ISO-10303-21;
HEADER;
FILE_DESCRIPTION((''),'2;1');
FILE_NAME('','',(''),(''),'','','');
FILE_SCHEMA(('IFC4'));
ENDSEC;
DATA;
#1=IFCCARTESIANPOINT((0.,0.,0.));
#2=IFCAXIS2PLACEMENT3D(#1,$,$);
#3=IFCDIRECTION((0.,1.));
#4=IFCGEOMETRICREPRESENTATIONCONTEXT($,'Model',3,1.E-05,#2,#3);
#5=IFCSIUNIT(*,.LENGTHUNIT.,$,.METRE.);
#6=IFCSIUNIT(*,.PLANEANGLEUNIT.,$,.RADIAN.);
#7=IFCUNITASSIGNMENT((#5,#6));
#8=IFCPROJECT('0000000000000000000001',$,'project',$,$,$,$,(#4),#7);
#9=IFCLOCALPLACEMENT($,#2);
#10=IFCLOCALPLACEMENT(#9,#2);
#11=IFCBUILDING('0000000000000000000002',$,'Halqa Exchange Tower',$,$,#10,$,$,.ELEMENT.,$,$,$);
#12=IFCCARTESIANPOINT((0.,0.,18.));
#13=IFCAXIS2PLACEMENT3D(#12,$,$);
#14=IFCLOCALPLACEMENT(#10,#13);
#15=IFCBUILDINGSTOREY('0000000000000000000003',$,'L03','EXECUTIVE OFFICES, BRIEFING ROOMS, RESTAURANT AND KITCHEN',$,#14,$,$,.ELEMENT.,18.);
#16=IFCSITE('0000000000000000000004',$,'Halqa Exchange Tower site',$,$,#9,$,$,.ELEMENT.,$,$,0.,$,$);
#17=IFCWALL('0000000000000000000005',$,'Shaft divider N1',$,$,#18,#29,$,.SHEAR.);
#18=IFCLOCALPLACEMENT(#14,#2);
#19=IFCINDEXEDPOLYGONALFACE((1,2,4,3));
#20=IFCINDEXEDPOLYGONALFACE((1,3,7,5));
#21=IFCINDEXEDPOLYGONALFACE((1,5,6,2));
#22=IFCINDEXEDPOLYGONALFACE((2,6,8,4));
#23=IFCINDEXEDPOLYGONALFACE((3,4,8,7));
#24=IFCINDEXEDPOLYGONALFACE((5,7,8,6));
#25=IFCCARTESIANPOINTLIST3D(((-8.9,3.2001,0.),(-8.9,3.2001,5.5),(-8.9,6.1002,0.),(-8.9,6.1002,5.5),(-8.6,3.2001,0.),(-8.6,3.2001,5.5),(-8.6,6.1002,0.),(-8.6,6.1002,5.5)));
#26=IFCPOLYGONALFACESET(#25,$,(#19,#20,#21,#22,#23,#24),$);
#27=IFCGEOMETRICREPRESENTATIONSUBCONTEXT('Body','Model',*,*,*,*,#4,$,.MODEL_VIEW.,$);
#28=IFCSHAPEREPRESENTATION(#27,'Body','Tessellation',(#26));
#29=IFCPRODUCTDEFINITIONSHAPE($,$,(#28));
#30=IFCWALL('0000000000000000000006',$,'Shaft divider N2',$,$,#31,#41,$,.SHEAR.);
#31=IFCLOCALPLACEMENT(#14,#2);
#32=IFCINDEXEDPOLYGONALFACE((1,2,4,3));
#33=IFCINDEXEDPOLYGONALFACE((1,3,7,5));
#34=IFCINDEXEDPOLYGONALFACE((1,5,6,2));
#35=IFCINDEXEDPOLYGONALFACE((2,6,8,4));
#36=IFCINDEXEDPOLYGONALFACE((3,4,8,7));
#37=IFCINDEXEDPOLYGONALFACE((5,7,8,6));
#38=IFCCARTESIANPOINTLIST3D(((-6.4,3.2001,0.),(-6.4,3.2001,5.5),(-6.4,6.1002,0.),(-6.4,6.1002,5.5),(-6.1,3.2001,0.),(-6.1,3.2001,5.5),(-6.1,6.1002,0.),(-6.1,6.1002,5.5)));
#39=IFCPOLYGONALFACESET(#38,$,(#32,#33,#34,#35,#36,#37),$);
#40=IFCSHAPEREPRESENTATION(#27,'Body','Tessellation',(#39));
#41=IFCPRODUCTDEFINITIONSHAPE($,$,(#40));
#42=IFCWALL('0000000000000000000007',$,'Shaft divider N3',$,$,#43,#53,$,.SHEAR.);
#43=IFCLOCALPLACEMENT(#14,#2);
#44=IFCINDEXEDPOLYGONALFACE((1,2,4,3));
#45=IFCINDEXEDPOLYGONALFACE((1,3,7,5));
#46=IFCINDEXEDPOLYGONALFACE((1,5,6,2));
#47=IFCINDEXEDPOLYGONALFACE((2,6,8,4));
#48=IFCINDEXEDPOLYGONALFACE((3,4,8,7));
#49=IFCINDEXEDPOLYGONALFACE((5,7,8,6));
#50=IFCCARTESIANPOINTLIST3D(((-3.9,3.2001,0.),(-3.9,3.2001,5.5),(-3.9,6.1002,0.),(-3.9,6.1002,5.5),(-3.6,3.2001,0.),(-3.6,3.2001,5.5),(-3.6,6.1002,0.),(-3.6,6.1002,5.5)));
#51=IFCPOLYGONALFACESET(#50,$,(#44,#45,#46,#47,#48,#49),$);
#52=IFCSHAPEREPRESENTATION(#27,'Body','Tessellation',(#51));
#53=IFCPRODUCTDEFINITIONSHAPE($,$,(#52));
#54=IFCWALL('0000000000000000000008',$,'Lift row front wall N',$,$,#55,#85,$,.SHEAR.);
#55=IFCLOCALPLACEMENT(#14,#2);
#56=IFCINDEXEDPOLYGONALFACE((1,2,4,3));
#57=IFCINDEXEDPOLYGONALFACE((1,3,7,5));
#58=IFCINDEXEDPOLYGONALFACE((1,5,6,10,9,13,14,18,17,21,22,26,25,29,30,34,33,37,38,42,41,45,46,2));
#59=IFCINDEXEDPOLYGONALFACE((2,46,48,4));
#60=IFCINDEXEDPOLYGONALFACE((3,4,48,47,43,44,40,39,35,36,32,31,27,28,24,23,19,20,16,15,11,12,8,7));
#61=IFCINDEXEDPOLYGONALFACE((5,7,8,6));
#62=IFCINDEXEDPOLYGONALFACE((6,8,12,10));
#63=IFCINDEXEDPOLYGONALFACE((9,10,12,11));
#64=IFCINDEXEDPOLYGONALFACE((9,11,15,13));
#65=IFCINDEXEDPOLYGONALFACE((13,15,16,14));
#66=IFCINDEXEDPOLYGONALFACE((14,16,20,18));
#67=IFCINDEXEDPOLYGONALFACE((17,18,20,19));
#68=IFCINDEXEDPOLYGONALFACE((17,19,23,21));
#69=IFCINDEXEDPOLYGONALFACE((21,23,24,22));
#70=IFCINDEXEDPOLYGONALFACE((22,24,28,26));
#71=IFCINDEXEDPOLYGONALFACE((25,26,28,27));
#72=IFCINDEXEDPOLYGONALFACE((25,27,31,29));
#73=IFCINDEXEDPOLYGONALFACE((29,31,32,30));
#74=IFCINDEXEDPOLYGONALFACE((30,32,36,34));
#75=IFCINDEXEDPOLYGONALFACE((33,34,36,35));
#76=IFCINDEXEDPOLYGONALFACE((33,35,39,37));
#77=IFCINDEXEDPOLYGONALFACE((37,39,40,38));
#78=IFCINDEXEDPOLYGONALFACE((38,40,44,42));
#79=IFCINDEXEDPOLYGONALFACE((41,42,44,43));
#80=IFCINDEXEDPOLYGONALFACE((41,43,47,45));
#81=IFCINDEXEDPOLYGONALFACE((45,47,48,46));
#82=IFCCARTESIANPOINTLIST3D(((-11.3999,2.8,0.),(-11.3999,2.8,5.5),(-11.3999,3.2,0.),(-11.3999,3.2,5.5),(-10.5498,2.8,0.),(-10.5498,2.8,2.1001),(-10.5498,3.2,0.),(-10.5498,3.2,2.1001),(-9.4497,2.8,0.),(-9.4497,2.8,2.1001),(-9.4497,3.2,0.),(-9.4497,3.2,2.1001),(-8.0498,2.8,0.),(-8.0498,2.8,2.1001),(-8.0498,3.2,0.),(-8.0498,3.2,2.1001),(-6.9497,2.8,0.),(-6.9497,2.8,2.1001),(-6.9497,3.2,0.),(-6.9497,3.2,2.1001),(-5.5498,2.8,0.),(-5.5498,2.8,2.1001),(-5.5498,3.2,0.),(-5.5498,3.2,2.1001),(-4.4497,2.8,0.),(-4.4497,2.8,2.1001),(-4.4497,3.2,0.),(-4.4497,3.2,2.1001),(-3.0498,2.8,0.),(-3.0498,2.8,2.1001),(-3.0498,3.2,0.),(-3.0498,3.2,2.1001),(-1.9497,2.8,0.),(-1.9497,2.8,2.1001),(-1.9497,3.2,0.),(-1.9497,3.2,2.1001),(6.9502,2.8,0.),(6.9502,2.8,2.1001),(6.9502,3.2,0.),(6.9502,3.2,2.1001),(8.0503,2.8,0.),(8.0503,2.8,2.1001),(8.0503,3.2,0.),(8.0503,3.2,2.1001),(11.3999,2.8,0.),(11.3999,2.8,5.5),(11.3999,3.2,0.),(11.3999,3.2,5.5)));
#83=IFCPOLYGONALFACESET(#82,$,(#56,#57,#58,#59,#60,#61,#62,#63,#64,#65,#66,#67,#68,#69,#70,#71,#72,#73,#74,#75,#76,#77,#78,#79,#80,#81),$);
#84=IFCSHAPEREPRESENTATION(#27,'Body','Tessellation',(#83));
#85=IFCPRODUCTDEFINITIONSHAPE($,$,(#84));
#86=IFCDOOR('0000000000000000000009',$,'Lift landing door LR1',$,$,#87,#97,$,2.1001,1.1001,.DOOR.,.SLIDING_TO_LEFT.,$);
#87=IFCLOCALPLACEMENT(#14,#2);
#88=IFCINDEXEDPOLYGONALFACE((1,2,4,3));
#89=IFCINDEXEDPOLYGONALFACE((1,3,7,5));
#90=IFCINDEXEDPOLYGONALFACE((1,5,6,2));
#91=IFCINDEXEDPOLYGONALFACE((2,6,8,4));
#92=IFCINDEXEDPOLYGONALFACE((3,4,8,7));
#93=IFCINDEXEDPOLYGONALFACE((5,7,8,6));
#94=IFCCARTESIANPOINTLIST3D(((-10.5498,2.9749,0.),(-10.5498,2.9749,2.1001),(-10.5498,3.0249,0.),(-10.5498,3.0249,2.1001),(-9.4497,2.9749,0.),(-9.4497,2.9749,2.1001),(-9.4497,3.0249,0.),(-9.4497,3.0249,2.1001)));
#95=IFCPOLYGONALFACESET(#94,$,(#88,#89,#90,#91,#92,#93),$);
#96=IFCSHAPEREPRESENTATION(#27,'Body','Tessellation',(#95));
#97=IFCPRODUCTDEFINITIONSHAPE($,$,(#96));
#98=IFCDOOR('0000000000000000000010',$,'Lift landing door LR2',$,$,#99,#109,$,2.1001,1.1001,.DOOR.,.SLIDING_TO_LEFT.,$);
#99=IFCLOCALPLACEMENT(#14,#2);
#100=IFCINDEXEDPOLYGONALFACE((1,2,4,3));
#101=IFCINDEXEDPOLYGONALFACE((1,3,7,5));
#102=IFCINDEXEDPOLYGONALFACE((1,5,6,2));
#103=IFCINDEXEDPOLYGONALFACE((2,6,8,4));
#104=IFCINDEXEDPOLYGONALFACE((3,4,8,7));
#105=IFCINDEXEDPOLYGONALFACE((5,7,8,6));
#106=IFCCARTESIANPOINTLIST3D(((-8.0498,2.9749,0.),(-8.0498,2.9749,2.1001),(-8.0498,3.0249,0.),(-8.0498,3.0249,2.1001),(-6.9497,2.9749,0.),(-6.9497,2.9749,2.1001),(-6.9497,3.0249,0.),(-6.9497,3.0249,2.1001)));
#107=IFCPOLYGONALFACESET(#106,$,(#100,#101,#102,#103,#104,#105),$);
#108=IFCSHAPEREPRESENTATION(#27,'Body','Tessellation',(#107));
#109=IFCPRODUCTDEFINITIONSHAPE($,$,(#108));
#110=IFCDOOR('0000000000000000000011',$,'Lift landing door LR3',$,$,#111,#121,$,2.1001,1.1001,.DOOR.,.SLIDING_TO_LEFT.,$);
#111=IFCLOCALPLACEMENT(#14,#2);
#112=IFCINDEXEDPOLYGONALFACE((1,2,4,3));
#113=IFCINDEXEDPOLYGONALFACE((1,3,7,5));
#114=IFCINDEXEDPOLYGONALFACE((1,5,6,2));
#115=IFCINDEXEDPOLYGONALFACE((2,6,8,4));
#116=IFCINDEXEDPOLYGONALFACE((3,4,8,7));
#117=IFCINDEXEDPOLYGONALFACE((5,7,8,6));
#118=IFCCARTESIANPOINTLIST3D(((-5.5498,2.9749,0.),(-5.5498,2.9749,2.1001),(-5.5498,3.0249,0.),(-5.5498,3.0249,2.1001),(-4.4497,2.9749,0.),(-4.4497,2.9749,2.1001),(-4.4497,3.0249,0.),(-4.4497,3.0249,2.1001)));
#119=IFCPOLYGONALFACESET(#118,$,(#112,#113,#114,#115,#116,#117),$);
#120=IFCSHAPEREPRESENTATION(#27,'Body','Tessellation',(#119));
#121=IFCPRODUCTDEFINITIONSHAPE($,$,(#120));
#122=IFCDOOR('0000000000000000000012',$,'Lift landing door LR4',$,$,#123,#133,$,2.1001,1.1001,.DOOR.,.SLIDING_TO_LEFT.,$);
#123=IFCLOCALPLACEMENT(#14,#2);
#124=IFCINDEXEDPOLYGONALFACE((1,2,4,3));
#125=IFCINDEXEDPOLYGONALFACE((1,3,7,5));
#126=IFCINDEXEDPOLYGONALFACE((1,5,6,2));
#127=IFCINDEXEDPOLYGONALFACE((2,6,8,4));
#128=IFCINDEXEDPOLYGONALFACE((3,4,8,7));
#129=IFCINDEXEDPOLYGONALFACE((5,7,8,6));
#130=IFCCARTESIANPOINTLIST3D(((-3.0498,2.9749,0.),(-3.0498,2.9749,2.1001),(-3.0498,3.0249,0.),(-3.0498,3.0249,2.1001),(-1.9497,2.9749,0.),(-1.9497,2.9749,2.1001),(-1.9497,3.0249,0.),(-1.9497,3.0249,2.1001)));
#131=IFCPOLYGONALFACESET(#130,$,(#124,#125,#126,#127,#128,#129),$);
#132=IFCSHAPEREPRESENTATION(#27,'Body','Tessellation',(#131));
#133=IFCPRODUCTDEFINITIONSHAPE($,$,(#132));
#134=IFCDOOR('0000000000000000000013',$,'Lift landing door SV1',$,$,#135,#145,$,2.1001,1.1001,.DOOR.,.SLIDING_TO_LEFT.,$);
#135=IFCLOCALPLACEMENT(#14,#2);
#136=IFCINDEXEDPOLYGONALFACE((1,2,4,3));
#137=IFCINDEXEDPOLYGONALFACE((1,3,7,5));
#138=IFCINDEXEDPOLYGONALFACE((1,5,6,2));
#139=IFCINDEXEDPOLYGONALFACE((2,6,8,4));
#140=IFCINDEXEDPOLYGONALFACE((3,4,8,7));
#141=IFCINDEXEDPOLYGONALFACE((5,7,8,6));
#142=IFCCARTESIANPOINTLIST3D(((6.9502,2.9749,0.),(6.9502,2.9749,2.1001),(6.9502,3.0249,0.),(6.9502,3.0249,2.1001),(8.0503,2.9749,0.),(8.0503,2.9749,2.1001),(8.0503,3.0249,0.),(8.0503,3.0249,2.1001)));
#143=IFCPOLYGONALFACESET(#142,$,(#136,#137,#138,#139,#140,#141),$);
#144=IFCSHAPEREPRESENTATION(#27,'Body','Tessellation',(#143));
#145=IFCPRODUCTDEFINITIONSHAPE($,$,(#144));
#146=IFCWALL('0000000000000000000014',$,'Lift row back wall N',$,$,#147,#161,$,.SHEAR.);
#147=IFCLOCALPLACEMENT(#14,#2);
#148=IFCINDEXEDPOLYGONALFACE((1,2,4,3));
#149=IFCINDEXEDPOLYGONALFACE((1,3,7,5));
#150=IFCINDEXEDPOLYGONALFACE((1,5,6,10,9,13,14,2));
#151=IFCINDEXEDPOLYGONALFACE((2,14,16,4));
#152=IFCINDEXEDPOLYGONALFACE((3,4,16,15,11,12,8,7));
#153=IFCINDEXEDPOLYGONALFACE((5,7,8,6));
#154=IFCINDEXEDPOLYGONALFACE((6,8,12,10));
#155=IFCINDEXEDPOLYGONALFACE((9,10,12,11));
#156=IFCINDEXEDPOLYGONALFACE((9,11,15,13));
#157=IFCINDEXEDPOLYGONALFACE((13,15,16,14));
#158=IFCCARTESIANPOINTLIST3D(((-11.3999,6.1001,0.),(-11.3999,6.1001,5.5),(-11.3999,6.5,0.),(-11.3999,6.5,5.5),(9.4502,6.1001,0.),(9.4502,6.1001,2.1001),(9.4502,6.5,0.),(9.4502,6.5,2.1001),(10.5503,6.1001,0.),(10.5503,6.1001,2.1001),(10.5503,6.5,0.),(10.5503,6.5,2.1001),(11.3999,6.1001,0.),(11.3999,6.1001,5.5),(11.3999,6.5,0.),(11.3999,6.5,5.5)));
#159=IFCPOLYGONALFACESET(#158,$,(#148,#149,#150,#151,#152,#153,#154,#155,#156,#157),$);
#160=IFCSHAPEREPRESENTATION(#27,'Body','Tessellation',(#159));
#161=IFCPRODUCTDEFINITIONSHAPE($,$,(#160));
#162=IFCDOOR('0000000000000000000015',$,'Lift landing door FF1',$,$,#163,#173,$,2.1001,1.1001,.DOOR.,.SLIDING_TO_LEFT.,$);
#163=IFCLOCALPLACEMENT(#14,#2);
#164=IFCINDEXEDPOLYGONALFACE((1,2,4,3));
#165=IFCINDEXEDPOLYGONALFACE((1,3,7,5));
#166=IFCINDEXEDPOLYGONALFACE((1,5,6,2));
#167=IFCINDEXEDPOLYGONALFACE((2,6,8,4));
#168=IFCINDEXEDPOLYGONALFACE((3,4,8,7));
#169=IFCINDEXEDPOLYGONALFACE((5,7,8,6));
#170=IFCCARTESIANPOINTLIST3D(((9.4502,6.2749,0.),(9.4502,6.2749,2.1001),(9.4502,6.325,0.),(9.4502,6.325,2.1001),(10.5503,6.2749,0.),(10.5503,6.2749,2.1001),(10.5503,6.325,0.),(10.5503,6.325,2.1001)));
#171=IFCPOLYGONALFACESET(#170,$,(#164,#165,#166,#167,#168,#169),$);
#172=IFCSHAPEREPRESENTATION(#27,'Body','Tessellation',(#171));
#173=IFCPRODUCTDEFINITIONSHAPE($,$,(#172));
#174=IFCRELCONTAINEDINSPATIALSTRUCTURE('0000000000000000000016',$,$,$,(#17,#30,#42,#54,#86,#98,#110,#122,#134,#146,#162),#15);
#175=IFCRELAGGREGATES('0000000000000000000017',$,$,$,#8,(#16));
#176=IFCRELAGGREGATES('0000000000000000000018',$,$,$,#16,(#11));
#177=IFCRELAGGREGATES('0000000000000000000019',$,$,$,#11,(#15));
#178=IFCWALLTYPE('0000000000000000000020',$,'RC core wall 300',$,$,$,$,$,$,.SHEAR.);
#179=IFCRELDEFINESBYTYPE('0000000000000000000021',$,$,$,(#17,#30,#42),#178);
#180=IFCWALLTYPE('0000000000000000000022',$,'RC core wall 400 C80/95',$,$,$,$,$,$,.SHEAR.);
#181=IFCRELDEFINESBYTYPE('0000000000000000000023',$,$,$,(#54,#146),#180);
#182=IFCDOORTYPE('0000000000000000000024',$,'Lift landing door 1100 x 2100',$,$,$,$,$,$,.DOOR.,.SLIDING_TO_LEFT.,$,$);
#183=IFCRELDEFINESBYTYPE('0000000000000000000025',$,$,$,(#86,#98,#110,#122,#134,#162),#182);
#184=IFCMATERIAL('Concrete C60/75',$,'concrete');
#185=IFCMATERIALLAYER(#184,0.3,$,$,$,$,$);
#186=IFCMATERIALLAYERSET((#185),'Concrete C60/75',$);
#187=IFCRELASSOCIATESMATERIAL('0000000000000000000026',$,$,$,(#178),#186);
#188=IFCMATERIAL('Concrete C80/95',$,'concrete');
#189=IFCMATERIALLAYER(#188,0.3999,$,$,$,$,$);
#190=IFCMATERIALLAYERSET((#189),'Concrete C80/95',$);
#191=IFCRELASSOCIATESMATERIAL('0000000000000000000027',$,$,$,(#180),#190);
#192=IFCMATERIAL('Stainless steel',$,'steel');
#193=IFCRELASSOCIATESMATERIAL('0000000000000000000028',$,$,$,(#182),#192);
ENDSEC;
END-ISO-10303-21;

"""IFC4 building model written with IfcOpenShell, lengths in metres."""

from ifc_helpers import new_model, si_unit, direction, frame, frame_2d, origin, place, context, subcontext, project, spatial, rectangle, extrude, material, layer, layer_set, type_object, element, fill, save


model = new_model("IFC4")

# Units and contexts
model_context = context("Model", 3, precision=1e-05, world=origin(), true_north=direction((0.0, 1.0)))
body_context = subcontext(model_context, "Body", "Model", "MODEL_VIEW")
ifc_project = project(units=[si_unit("LENGTHUNIT", "METRE"), si_unit("PLANEANGLEUNIT", "RADIAN")], contexts=[model_context])

# Site, building, storey
site_placement = place(None, origin())
site = spatial("IfcSite", under=ifc_project, at=site_placement, Name="Halqa Exchange Tower site", CompositionType="ELEMENT", RefElevation=0.0)
building_placement = place(site_placement, origin())
building = spatial("IfcBuilding", under=site, at=building_placement, Name="Halqa Exchange Tower", CompositionType="ELEMENT")
storey_placement = place(building_placement, frame((0.0, 0.0, 18.0)))
storey = spatial("IfcBuildingStorey", under=building, at=storey_placement, Name="L03", Description="EXECUTIVE OFFICES, BRIEFING ROOMS, RESTAURANT AND KITCHEN", CompositionType="ELEMENT", Elevation=18.0)

# Walls
ifc_material_1 = material(Name="Concrete C60/75", Category="concrete")
ifc_layer_1 = layer(ifc_material_1, 0.3)
ifc_layer_set_1 = layer_set([ifc_layer_1], Name="Concrete C60/75")
wall_type_1 = type_object("IfcWallType", Name="RC core wall 300", PredefinedType="SHEAR", material=ifc_layer_set_1)
for number, where, z_axis, x_axis, name in (
    (1, (-8.75, 3.2, 0.0), (0.0, 0.0, 1.0), (0.0, 1.0, 0.0), "Shaft divider N1"),
    (2, (-6.25, 3.2, 0.0), (0.0, 0.0, 1.0), (0.0, 1.0, 0.0), "Shaft divider N2"),
    (3, (-3.75, 3.2, 0.0), (0.0, 0.0, 1.0), (0.0, 1.0, 0.0), "Shaft divider N3"),
):
    element("IfcWall", number, at=place(storey_placement, frame(where, z_axis=z_axis, x_axis=x_axis)), inside=storey, type_object=wall_type_1, Name=name, PredefinedType="SHEAR", context=body_context, shape_type="SweptSolid", body=[
        extrude(rectangle(XDim=2.9001, YDim=0.3, at=frame_2d((1.4502, 0.0))), origin(), (0.0, 0.0, 1.0), 5.5),
    ])

# Wall, openings, doors
ifc_material_2 = material(Name="Concrete C80/95", Category="concrete")
ifc_layer_2 = layer(ifc_material_2, 0.3999)
ifc_layer_set_2 = layer_set([ifc_layer_2], Name="Concrete C80/95")
wall_type_2 = type_object("IfcWallType", Name="RC core wall 400 C80/95", PredefinedType="SHEAR", material=ifc_layer_set_2)
wall_1_placement = place(storey_placement, frame((-11.3999, 3.0, 0.0), z_axis=(0.0, 0.0, 1.0), x_axis=(1.0, 0.0, 0.0)))
wall_1 = element("IfcWall", 4, at=wall_1_placement, inside=storey, type_object=wall_type_2, Name="Lift row front wall N", PredefinedType="SHEAR", context=body_context, shape_type="SweptSolid", body=[
    extrude(rectangle(XDim=22.7998, YDim=0.3999, at=frame_2d((11.3999, 0.0))), origin(), (0.0, 0.0, 1.0), 5.5),
])
opening_1_placement = place(wall_1_placement, frame((0.8501, 0.0, 0.0)))
opening_1 = element("IfcOpeningElement", 5, at=opening_1_placement, cuts=wall_1, PredefinedType="OPENING", context=body_context, shape_type="SweptSolid", body=[
    extrude(rectangle(XDim=1.1001, YDim=2.1001, at=frame_2d((0.55, 1.05))), frame((0.0, 0.2119, 0.0), z_axis=(0.0, -1.0, 0.0), x_axis=(1.0, 0.0, 0.0)), (0.0, 0.0, 1.0), 0.4238),
])
opening_2_placement = place(wall_1_placement, frame((3.3501, 0.0, 0.0)))
opening_2 = element("IfcOpeningElement", 6, at=opening_2_placement, cuts=wall_1, PredefinedType="OPENING", context=body_context, shape_type="SweptSolid", body=[
    extrude(rectangle(XDim=1.1001, YDim=2.1001, at=frame_2d((0.55, 1.05))), frame((0.0, 0.2119, 0.0), z_axis=(0.0, -1.0, 0.0), x_axis=(1.0, 0.0, 0.0)), (0.0, 0.0, 1.0), 0.4238),
])
opening_3_placement = place(wall_1_placement, frame((5.8501, 0.0, 0.0)))
opening_3 = element("IfcOpeningElement", 7, at=opening_3_placement, cuts=wall_1, PredefinedType="OPENING", context=body_context, shape_type="SweptSolid", body=[
    extrude(rectangle(XDim=1.1001, YDim=2.1001, at=frame_2d((0.55, 1.05))), frame((0.0, 0.2119, 0.0), z_axis=(0.0, -1.0, 0.0), x_axis=(1.0, 0.0, 0.0)), (0.0, 0.0, 1.0), 0.4238),
])
opening_4_placement = place(wall_1_placement, frame((8.3501, 0.0, 0.0)))
opening_4 = element("IfcOpeningElement", 8, at=opening_4_placement, cuts=wall_1, PredefinedType="OPENING", context=body_context, shape_type="SweptSolid", body=[
    extrude(rectangle(XDim=1.1001, YDim=2.1001, at=frame_2d((0.55, 1.05))), frame((0.0, 0.2119, 0.0), z_axis=(0.0, -1.0, 0.0), x_axis=(1.0, 0.0, 0.0)), (0.0, 0.0, 1.0), 0.4238),
])
opening_5_placement = place(wall_1_placement, frame((18.3501, 0.0, 0.0)))
opening_5 = element("IfcOpeningElement", 9, at=opening_5_placement, cuts=wall_1, PredefinedType="OPENING", context=body_context, shape_type="SweptSolid", body=[
    extrude(rectangle(XDim=1.1001, YDim=2.1001, at=frame_2d((0.55, 1.05))), frame((0.0, 0.2119, 0.0), z_axis=(0.0, -1.0, 0.0), x_axis=(1.0, 0.0, 0.0)), (0.0, 0.0, 1.0), 0.4238),
])
ifc_material_3 = material(Name="Stainless steel", Category="steel")
door_type = type_object("IfcDoorType", Name="Lift landing door 1100 x 2100", OperationType="SLIDING_TO_LEFT", PredefinedType="DOOR", material=ifc_material_3)
door_1_placement = place(opening_1_placement, origin())
door_1 = element("IfcDoor", 10, at=door_1_placement, inside=storey, type_object=door_type, Name="Lift landing door LR1", OperationType="SLIDING_TO_LEFT", OverallHeight=2.1001, OverallWidth=1.1001, PredefinedType="DOOR", context=body_context, shape_type="SweptSolid", body=[
    extrude(rectangle(XDim=1.1001, YDim=2.1001, at=frame_2d((0.55, 1.05))), frame((0.0, 0.0249, 0.0), z_axis=(0.0, -1.0, 0.0), x_axis=(1.0, 0.0, 0.0)), (0.0, 0.0, 1.0), 0.05),
])
fill(opening_1, door_1)
door_2_placement = place(opening_2_placement, origin())
door_2 = element("IfcDoor", 11, at=door_2_placement, inside=storey, type_object=door_type, Name="Lift landing door LR2", OperationType="SLIDING_TO_LEFT", OverallHeight=2.1001, OverallWidth=1.1001, PredefinedType="DOOR", context=body_context, shape_type="SweptSolid", body=[
    extrude(rectangle(XDim=1.1001, YDim=2.1001, at=frame_2d((0.55, 1.05))), frame((0.0, 0.0249, 0.0), z_axis=(0.0, -1.0, 0.0), x_axis=(1.0, 0.0, 0.0)), (0.0, 0.0, 1.0), 0.05),
])
fill(opening_2, door_2)
door_3_placement = place(opening_3_placement, origin())
door_3 = element("IfcDoor", 12, at=door_3_placement, inside=storey, type_object=door_type, Name="Lift landing door LR3", OperationType="SLIDING_TO_LEFT", OverallHeight=2.1001, OverallWidth=1.1001, PredefinedType="DOOR", context=body_context, shape_type="SweptSolid", body=[
    extrude(rectangle(XDim=1.1001, YDim=2.1001, at=frame_2d((0.55, 1.05))), frame((0.0, 0.0249, 0.0), z_axis=(0.0, -1.0, 0.0), x_axis=(1.0, 0.0, 0.0)), (0.0, 0.0, 1.0), 0.05),
])
fill(opening_3, door_3)
door_4_placement = place(opening_4_placement, origin())
door_4 = element("IfcDoor", 13, at=door_4_placement, inside=storey, type_object=door_type, Name="Lift landing door LR4", OperationType="SLIDING_TO_LEFT", OverallHeight=2.1001, OverallWidth=1.1001, PredefinedType="DOOR", context=body_context, shape_type="SweptSolid", body=[
    extrude(rectangle(XDim=1.1001, YDim=2.1001, at=frame_2d((0.55, 1.05))), frame((0.0, 0.0249, 0.0), z_axis=(0.0, -1.0, 0.0), x_axis=(1.0, 0.0, 0.0)), (0.0, 0.0, 1.0), 0.05),
])
fill(opening_4, door_4)
door_5_placement = place(opening_5_placement, origin())
door_5 = element("IfcDoor", 14, at=door_5_placement, inside=storey, type_object=door_type, Name="Lift landing door SV1", OperationType="SLIDING_TO_LEFT", OverallHeight=2.1001, OverallWidth=1.1001, PredefinedType="DOOR", context=body_context, shape_type="SweptSolid", body=[
    extrude(rectangle(XDim=1.1001, YDim=2.1001, at=frame_2d((0.55, 1.05))), frame((0.0, 0.0249, 0.0), z_axis=(0.0, -1.0, 0.0), x_axis=(1.0, 0.0, 0.0)), (0.0, 0.0, 1.0), 0.05),
])
fill(opening_5, door_5)

# Wall, opening, door
wall_2_placement = place(storey_placement, frame((-11.3999, 6.3, 0.0), z_axis=(0.0, 0.0, 1.0), x_axis=(1.0, 0.0, 0.0)))
wall_2 = element("IfcWall", 15, at=wall_2_placement, inside=storey, type_object=wall_type_2, Name="Lift row back wall N", PredefinedType="SHEAR", context=body_context, shape_type="SweptSolid", body=[
    extrude(rectangle(XDim=22.7998, YDim=0.3999, at=frame_2d((11.3999, 0.0))), origin(), (0.0, 0.0, 1.0), 5.5),
])
opening_6_placement = place(wall_2_placement, frame((20.8501, 0.0, 0.0)))
opening_6 = element("IfcOpeningElement", 16, at=opening_6_placement, cuts=wall_2, PredefinedType="OPENING", context=body_context, shape_type="SweptSolid", body=[
    extrude(rectangle(XDim=1.1001, YDim=2.1001, at=frame_2d((0.55, 1.05))), frame((0.0, 0.2119, 0.0), z_axis=(0.0, -1.0, 0.0), x_axis=(1.0, 0.0, 0.0)), (0.0, 0.0, 1.0), 0.4238),
])
door_6_placement = place(opening_6_placement, origin())
door_6 = element("IfcDoor", 17, at=door_6_placement, inside=storey, type_object=door_type, Name="Lift landing door FF1", OperationType="SLIDING_TO_LEFT", OverallHeight=2.1001, OverallWidth=1.1001, PredefinedType="DOOR", context=body_context, shape_type="SweptSolid", body=[
    extrude(rectangle(XDim=1.1001, YDim=2.1001, at=frame_2d((0.55, 1.05))), frame((0.0, 0.0249, 0.0), z_axis=(0.0, -1.0, 0.0), x_axis=(1.0, 0.0, 0.0)), (0.0, 0.0, 1.0), 0.05),
])
fill(opening_6, door_6)

save(model, "model.ifc")
